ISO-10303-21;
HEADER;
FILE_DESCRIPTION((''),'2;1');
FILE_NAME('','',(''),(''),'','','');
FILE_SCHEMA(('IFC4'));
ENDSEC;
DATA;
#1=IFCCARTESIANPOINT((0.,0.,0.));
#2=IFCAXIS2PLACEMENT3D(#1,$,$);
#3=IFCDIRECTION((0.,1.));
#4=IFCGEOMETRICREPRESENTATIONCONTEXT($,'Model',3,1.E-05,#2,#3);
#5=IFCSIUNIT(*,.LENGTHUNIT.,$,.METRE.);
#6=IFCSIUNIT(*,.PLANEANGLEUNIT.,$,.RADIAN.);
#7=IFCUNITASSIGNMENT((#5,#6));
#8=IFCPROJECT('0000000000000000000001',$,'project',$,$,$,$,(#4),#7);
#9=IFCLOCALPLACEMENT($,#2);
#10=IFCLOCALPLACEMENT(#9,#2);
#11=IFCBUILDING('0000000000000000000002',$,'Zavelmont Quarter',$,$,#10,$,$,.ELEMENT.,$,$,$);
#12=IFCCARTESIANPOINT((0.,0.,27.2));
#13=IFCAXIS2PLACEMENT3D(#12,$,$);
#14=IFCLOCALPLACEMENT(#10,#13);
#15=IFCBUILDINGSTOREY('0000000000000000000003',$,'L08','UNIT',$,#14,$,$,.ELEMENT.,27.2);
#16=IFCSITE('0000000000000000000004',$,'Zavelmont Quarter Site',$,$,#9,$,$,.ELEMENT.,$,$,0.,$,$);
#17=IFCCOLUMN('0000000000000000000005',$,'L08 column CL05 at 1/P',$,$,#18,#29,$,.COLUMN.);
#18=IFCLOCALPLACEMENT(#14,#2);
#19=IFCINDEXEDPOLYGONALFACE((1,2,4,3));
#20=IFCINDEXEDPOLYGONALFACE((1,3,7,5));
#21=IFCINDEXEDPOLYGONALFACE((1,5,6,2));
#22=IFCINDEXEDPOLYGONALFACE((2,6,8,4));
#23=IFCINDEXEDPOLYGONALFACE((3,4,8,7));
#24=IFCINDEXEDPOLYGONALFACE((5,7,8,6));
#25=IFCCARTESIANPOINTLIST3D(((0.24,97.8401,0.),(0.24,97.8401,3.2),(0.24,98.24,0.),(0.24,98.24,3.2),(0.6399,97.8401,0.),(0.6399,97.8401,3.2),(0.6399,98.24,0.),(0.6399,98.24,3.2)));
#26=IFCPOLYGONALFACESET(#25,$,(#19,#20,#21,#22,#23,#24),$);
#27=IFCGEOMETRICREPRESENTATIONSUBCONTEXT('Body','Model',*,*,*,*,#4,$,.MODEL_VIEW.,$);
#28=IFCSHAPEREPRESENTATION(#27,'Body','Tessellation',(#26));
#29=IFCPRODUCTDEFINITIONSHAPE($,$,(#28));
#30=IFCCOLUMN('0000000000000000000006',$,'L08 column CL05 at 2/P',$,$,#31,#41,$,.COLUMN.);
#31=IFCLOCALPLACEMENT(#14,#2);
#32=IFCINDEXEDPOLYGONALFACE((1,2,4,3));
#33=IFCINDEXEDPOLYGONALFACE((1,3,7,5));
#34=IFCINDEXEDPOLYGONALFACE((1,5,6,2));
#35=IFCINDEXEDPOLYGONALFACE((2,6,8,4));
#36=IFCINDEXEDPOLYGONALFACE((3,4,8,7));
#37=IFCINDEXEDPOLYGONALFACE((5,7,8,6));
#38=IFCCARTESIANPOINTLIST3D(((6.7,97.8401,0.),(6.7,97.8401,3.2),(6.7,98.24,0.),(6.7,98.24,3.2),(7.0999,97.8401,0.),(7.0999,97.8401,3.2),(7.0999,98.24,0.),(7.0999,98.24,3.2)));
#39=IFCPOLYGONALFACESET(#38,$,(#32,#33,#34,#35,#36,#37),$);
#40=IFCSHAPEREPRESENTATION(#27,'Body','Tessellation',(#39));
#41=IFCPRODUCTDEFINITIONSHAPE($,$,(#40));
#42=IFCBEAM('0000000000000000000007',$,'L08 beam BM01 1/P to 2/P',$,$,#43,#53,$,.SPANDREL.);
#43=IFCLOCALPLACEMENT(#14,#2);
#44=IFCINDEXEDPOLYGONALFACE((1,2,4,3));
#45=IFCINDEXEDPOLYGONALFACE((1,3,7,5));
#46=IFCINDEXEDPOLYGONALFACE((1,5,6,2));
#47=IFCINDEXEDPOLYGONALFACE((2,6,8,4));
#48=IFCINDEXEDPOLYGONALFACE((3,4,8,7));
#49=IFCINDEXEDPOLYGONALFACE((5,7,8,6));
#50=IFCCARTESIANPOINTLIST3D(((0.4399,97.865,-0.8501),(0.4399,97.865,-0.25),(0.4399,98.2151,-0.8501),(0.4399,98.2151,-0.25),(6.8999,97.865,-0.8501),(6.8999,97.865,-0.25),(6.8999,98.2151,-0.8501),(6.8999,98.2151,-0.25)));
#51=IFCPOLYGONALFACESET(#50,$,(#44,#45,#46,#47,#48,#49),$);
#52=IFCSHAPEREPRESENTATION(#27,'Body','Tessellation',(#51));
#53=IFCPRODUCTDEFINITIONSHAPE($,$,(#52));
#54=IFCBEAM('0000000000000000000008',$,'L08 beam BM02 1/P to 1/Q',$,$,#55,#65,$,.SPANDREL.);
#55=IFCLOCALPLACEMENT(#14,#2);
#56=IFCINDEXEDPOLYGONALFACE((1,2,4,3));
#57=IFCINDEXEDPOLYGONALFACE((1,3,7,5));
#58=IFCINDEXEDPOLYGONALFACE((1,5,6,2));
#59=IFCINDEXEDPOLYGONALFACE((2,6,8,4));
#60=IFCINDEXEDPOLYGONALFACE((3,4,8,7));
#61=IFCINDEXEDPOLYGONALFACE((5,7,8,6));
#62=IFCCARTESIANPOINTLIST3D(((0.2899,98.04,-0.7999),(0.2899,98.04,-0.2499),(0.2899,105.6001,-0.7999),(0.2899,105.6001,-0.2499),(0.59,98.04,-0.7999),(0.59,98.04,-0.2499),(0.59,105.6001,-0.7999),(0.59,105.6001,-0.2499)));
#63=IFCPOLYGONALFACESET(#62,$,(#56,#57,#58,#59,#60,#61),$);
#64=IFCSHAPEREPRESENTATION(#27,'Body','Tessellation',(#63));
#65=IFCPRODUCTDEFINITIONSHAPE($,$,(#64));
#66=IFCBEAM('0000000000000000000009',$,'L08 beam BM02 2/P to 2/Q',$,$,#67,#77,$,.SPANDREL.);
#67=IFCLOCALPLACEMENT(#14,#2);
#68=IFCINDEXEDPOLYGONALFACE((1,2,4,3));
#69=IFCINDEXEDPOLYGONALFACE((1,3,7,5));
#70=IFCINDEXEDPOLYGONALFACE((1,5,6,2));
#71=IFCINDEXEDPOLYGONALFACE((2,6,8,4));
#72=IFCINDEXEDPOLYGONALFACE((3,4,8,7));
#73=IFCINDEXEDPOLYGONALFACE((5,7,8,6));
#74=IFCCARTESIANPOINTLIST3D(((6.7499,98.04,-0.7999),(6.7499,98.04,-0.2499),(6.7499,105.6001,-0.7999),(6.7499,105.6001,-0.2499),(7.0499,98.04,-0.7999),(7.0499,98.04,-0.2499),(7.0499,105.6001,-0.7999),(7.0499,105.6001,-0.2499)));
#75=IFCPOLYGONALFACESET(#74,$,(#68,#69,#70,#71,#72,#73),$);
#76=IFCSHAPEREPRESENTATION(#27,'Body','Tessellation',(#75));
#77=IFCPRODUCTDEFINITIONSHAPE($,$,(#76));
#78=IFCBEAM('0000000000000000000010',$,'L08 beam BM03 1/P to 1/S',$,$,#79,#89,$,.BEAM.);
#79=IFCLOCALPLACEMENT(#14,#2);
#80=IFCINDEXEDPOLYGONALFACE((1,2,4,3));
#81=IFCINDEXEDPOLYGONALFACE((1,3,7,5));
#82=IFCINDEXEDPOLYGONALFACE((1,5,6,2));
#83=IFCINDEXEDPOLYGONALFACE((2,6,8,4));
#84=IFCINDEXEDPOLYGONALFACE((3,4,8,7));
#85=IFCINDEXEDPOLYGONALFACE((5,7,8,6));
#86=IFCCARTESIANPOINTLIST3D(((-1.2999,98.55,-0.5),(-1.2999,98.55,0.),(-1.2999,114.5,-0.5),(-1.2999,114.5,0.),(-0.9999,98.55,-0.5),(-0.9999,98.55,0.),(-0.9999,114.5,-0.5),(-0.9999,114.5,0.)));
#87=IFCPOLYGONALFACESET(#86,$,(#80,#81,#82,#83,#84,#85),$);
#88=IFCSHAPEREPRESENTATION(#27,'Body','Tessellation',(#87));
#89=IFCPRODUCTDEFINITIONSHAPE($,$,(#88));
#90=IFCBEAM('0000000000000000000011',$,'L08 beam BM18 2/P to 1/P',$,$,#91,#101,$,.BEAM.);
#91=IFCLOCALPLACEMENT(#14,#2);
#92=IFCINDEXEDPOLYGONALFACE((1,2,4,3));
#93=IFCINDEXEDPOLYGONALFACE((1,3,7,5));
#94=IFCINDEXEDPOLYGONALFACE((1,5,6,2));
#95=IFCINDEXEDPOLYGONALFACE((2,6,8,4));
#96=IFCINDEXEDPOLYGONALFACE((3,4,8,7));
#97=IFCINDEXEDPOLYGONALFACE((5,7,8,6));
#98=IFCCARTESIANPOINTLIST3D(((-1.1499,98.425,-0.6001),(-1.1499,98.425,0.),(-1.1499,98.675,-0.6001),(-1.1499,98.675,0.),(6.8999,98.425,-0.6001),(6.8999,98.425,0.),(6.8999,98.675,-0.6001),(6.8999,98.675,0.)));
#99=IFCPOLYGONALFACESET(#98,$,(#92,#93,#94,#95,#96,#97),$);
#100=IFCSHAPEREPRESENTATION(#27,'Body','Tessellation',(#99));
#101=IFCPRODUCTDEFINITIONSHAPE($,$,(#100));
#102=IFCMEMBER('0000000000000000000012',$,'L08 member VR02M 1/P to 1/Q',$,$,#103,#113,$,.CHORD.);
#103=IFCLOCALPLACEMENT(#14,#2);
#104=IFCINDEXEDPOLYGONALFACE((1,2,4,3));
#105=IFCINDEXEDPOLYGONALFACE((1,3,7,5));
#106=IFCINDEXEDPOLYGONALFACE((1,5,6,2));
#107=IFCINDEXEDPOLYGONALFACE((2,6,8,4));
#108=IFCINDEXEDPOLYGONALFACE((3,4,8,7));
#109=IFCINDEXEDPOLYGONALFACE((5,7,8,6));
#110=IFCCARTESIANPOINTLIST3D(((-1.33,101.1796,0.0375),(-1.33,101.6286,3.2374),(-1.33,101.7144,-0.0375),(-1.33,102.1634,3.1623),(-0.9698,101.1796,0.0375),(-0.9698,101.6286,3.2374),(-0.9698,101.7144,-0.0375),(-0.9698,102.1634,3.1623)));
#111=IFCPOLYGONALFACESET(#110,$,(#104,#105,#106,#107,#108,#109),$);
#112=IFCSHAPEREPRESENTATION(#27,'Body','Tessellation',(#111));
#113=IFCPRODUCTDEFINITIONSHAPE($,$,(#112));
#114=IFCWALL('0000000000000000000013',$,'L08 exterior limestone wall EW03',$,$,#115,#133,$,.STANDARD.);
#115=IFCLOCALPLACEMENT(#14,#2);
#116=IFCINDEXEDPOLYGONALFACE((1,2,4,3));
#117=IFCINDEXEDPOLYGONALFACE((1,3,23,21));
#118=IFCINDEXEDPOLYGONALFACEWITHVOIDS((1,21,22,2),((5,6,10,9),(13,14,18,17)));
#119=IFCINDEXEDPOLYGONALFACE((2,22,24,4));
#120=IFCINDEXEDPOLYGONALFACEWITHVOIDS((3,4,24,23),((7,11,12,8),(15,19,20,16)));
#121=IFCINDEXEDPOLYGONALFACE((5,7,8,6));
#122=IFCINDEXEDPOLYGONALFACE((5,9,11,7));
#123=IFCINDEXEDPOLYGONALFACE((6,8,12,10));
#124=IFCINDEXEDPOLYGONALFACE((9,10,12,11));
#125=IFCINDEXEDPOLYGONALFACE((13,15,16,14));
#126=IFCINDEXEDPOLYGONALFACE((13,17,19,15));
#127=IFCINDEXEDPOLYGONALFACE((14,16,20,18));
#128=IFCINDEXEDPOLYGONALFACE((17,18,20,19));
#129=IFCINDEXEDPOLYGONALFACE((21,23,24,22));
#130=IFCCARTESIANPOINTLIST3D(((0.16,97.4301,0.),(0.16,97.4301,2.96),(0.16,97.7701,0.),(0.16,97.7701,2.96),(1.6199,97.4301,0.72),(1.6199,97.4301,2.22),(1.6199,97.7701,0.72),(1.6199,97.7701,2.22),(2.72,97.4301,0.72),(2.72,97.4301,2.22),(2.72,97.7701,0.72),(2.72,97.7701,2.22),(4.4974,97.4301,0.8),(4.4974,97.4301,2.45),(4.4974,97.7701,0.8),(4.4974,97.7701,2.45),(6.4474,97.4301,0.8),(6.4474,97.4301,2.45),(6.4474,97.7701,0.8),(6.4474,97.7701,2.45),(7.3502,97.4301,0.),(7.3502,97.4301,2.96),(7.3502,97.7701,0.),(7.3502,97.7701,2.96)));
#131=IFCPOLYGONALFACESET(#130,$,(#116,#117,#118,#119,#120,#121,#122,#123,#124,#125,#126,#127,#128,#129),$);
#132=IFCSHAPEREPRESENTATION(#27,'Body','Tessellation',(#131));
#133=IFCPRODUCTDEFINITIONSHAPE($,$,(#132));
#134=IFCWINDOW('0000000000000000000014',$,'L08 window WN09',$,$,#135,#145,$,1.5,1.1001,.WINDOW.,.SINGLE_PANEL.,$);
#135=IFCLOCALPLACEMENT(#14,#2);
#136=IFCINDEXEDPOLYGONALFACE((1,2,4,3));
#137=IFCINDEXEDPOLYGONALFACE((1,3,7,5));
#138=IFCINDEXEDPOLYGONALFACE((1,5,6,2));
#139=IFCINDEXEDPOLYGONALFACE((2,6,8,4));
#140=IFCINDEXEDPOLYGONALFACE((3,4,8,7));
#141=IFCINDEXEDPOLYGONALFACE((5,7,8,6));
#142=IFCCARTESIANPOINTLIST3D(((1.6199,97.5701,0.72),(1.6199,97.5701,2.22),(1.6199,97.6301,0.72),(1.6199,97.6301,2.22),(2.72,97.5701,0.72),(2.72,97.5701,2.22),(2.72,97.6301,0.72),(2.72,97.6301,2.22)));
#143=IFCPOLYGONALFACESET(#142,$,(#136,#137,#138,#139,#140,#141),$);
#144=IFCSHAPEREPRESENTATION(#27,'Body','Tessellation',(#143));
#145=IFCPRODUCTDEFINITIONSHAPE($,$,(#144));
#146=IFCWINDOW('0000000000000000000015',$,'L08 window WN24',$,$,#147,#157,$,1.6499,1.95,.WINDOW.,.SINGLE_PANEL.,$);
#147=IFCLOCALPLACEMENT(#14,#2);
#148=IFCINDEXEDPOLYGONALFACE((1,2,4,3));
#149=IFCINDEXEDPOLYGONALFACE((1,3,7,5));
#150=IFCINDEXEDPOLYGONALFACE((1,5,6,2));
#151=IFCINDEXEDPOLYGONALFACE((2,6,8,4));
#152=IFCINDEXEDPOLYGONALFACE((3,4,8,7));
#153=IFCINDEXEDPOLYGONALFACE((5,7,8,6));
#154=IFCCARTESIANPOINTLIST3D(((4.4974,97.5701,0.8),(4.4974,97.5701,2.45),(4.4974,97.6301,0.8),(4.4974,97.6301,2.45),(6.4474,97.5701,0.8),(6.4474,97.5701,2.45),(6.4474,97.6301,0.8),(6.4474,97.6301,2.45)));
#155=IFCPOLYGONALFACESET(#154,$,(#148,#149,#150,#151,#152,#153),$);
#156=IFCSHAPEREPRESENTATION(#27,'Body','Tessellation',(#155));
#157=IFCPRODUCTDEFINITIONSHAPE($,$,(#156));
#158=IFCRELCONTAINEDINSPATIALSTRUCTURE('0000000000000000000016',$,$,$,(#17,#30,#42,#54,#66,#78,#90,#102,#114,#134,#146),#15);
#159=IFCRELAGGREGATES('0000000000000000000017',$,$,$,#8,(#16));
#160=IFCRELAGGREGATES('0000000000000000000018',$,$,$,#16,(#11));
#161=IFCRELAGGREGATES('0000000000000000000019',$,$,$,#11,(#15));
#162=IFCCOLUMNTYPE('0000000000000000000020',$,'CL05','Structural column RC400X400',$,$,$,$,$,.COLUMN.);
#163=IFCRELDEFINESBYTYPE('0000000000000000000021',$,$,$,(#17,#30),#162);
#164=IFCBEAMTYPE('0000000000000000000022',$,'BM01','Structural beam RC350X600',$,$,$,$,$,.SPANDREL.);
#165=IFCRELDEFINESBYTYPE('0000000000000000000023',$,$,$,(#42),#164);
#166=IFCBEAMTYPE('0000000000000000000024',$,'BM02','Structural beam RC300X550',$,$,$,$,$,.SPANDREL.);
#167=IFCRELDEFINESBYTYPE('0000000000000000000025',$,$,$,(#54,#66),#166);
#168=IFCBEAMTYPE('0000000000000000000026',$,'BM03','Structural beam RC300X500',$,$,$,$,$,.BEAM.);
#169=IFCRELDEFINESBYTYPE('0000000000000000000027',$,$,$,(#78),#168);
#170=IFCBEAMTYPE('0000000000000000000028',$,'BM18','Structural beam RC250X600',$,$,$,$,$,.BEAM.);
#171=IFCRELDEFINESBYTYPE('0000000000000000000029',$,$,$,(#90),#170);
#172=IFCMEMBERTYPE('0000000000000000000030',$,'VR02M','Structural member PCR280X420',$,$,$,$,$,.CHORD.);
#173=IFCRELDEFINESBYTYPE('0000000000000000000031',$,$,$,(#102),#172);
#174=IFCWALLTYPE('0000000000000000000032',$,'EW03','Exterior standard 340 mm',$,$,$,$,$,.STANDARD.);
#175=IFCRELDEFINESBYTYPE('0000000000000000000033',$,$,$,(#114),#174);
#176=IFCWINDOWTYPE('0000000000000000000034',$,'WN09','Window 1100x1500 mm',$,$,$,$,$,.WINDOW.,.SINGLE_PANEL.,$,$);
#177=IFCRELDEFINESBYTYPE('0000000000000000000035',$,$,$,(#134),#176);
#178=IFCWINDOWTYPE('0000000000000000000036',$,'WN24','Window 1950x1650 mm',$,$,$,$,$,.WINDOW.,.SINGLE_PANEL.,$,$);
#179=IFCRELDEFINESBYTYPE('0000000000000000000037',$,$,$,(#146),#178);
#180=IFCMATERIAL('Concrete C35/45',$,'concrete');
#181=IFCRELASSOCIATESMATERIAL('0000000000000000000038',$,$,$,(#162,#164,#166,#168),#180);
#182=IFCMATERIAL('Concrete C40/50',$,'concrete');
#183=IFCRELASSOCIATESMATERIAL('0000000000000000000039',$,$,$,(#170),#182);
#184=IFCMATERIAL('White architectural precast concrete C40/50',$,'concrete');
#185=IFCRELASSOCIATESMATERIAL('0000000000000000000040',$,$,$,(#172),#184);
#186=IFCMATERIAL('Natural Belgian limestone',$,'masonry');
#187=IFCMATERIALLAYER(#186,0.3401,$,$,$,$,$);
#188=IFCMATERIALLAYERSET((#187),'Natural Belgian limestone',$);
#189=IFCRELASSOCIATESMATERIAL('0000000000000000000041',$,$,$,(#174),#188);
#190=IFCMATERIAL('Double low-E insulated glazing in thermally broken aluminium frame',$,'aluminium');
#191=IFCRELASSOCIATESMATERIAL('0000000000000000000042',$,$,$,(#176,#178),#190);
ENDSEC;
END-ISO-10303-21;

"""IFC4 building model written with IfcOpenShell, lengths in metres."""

from ifc_helpers import new_model, si_unit, direction, frame, frame_2d, origin, origin_with_axes, origin_2d, place, context, subcontext, project, spatial, rectangle, extrude, material, layer, layer_set, material_profile, profile_set, type_object, element, fill, save


model = new_model("IFC4")

# Units and contexts
model_context = context("Model", 3, precision=1e-05, world=origin(), true_north=direction((0.0, 1.0)))
body_context = subcontext(model_context, "Body", "Model", "MODEL_VIEW")
ifc_project = project(units=[si_unit("LENGTHUNIT", "METRE"), si_unit("PLANEANGLEUNIT", "RADIAN")], contexts=[model_context])

# Site, building, storey
site_placement = place(None, origin())
site = spatial("IfcSite", under=ifc_project, at=site_placement, Name="Zavelmont Quarter Site", CompositionType="ELEMENT", RefElevation=0.0)
building_placement = place(site_placement, origin())
building = spatial("IfcBuilding", under=site, at=building_placement, Name="Zavelmont Quarter", CompositionType="ELEMENT")
storey_placement = place(building_placement, frame((0.0, 0.0, 27.2)))
storey = spatial("IfcBuildingStorey", under=building, at=storey_placement, Name="L08", Description="UNIT", CompositionType="ELEMENT", Elevation=27.2)

# Columns
ifc_material_1 = material(Name="Concrete C35/45", Category="concrete")
ifc_material_profile_1 = material_profile(ifc_material_1, rectangle(XDim=0.3999, YDim=0.3999, at=origin_2d()), Name="RC400X400")
ifc_profile_set_1 = profile_set([ifc_material_profile_1], Name="Concrete C35/45")
column_type = type_object("IfcColumnType", Name="CL05", Description="Structural column RC400X400", PredefinedType="COLUMN", material=ifc_profile_set_1)
for number, where, z_axis, x_axis, name in (
    (1, (0.4399, 98.04, 0.0), (0.0, 0.0, 1.0), (1.0, 0.0, 0.0), "L08 column CL05 at 1/P"),
    (2, (6.8999, 98.04, 0.0), (0.0, 0.0, 1.0), (1.0, 0.0, 0.0), "L08 column CL05 at 2/P"),
):
    element("IfcColumn", number, at=place(storey_placement, frame(where, z_axis=z_axis, x_axis=x_axis)), inside=storey, type_object=column_type, Name=name, PredefinedType="COLUMN", context=body_context, shape_type="SweptSolid", body=[
        extrude(rectangle(XDim=0.3999, YDim=0.3999, at=origin_2d()), origin(), (0.0, 0.0, 1.0), 3.2),
    ])

# Beams
ifc_material_profile_2 = material_profile(ifc_material_1, rectangle(XDim=0.3501, YDim=0.6001, at=origin_2d()), Name="RC350X600")
ifc_profile_set_2 = profile_set([ifc_material_profile_2], Name="Concrete C35/45")
beam_type_1 = type_object("IfcBeamType", Name="BM01", Description="Structural beam RC350X600", PredefinedType="SPANDREL", material=ifc_profile_set_2)
beam_1_placement = place(storey_placement, frame((0.4399, 98.04, -0.55), z_axis=(1.0, 0.0, 0.0), x_axis=(0.0, 1.0, 0.0)))
element("IfcBeam", 3, at=beam_1_placement, inside=storey, type_object=beam_type_1, Name="L08 beam BM01 1/P to 2/P", PredefinedType="SPANDREL", context=body_context, shape_type="SweptSolid", body=[
    extrude(rectangle(XDim=0.3501, YDim=0.6001, at=origin_2d()), origin(), (0.0, 0.0, 1.0), 6.46),
])
ifc_material_profile_3 = material_profile(ifc_material_1, rectangle(XDim=0.3, YDim=0.55, at=origin_2d()), Name="RC300X550")
ifc_profile_set_3 = profile_set([ifc_material_profile_3], Name="Concrete C35/45")
beam_type_2 = type_object("IfcBeamType", Name="BM02", Description="Structural beam RC300X550", PredefinedType="SPANDREL", material=ifc_profile_set_3)
for number, where, z_axis, x_axis, name in (
    (4, (0.4399, 98.04, -0.5249), (0.0, 1.0, 0.0), (-1.0, 0.0, 0.0), "L08 beam BM02 1/P to 1/Q"),
    (5, (6.8999, 98.04, -0.5249), (0.0, 1.0, 0.0), (-1.0, 0.0, 0.0), "L08 beam BM02 2/P to 2/Q"),
):
    element("IfcBeam", number, at=place(storey_placement, frame(where, z_axis=z_axis, x_axis=x_axis)), inside=storey, type_object=beam_type_2, Name=name, PredefinedType="SPANDREL", context=body_context, shape_type="SweptSolid", body=[
        extrude(rectangle(XDim=0.3, YDim=0.55, at=origin_2d()), origin(), (0.0, 0.0, 1.0), 7.5601),
    ])
ifc_material_profile_4 = material_profile(ifc_material_1, rectangle(XDim=0.3, YDim=0.5, at=origin_2d()), Name="RC300X500")
ifc_profile_set_4 = profile_set([ifc_material_profile_4], Name="Concrete C35/45")
beam_type_3 = type_object("IfcBeamType", Name="BM03", Description="Structural beam RC300X500", PredefinedType="BEAM", material=ifc_profile_set_4)
beam_2_placement = place(storey_placement, frame((-1.1499, 98.55, -0.25), z_axis=(0.0, 1.0, 0.0), x_axis=(-1.0, 0.0, 0.0)))
element("IfcBeam", 6, at=beam_2_placement, inside=storey, type_object=beam_type_3, Name="L08 beam BM03 1/P to 1/S", PredefinedType="BEAM", context=body_context, shape_type="SweptSolid", body=[
    extrude(rectangle(XDim=0.3, YDim=0.5, at=origin_2d()), origin(), (0.0, 0.0, 1.0), 15.95),
])
ifc_material_2 = material(Name="Concrete C40/50", Category="concrete")
ifc_material_profile_5 = material_profile(ifc_material_2, rectangle(XDim=0.25, YDim=0.6001, at=origin_2d()), Name="RC250X600")
ifc_profile_set_5 = profile_set([ifc_material_profile_5], Name="Concrete C40/50")
beam_type_4 = type_object("IfcBeamType", Name="BM18", Description="Structural beam RC250X600", PredefinedType="BEAM", material=ifc_profile_set_5)
beam_3_placement = place(storey_placement, frame((6.8999, 98.55, -0.3), z_axis=(-1.0, 0.0, 0.0), x_axis=(0.0, -1.0, 0.0)))
element("IfcBeam", 7, at=beam_3_placement, inside=storey, type_object=beam_type_4, Name="L08 beam BM18 2/P to 1/P", PredefinedType="BEAM", context=body_context, shape_type="SweptSolid", body=[
    extrude(rectangle(XDim=0.25, YDim=0.6001, at=origin_2d()), origin(), (0.0, 0.0, 1.0), 8.0498),
])

# Member
ifc_material_3 = material(Name="White architectural precast concrete C40/50", Category="concrete")
ifc_material_profile_6 = material_profile(ifc_material_3, rectangle(XDim=0.3601, YDim=0.54, at=origin_2d()), Name="PCR280X420")
ifc_profile_set_6 = profile_set([ifc_material_profile_6], Name="White architectural precast concrete C40/50")
member_type = type_object("IfcMemberType", Name="VR02M", Description="Structural member PCR280X420", PredefinedType="CHORD", material=ifc_profile_set_6)
member_placement = place(storey_placement, frame((-1.1499, 101.447, 0.0), z_axis=(0.0, 0.138946, 0.9903), x_axis=(-1.0, 0.0, 0.0)))
element("IfcMember", 8, at=member_placement, inside=storey, type_object=member_type, Name="L08 member VR02M 1/P to 1/Q", PredefinedType="CHORD", context=body_context, shape_type="SweptSolid", body=[
    extrude(rectangle(XDim=0.3601, YDim=0.54, at=origin_2d()), origin(), (0.0, 0.0, 1.0), 3.2312),
])

# Wall, openings, windows
ifc_material_4 = material(Name="Natural Belgian limestone", Category="masonry")
ifc_layer_1 = layer(ifc_material_4, 0.3401)
ifc_layer_set_1 = layer_set([ifc_layer_1], Name="Natural Belgian limestone")
wall_type_1 = type_object("IfcWallType", Name="EW03", Description="Exterior standard 340 mm", PredefinedType="STANDARD", material=ifc_layer_set_1)
wall_1_placement = place(storey_placement, frame((0.1599, 97.6001, 0.0), z_axis=(0.0, 0.0, 1.0), x_axis=(1.0, 0.0, 0.0)))
wall_1 = element("IfcWall", 9, at=wall_1_placement, inside=storey, type_object=wall_type_1, Name="L08 exterior limestone wall EW03", PredefinedType="STANDARD", context=body_context, shape_type="SweptSolid", body=[
    extrude(rectangle(XDim=7.1902, YDim=0.3401, at=frame_2d((3.5952, 0.0))), origin(), (0.0, 0.0, 1.0), 2.96),
])
opening_1_placement = place(wall_1_placement, frame((1.46, 0.0, 0.72)))
opening_1 = element("IfcOpeningElement", 10, at=opening_1_placement, cuts=wall_1, PredefinedType="OPENING", context=body_context, shape_type="SweptSolid", body=[
    extrude(rectangle(XDim=1.1001, YDim=1.5, at=frame_2d((0.55, 0.75))), frame((0.0, 0.1821, 0.0), z_axis=(0.0, -1.0, 0.0), x_axis=(1.0, 0.0, 0.0)), (0.0, 0.0, 1.0), 0.364),
])
opening_2_placement = place(wall_1_placement, frame((4.3374, 0.0, 0.8)))
opening_2 = element("IfcOpeningElement", 11, at=opening_2_placement, cuts=wall_1, PredefinedType="OPENING", context=body_context, shape_type="SweptSolid", body=[
    extrude(rectangle(XDim=1.95, YDim=1.6499, at=frame_2d((0.9751, 0.825))), frame((0.0, 0.1821, 0.0), z_axis=(0.0, -1.0, 0.0), x_axis=(1.0, 0.0, 0.0)), (0.0, 0.0, 1.0), 0.364),
])
ifc_material_5 = material(Name="Double low-E insulated glazing in thermally broken aluminium frame", Category="aluminium")
window_type_1 = type_object("IfcWindowType", Name="WN09", Description="Window 1100x1500 mm", PartitioningType="SINGLE_PANEL", PredefinedType="WINDOW", material=ifc_material_5)
window_1_placement = place(opening_1_placement, origin_with_axes())
window_1 = element("IfcWindow", 12, at=window_1_placement, inside=storey, type_object=window_type_1, Name="L08 window WN09", OverallHeight=1.5, OverallWidth=1.1001, PartitioningType="SINGLE_PANEL", PredefinedType="WINDOW", context=body_context, shape_type="SweptSolid", body=[
    extrude(rectangle(XDim=1.1001, YDim=1.5, at=frame_2d((0.55, 0.75))), frame((0.0, 0.03, 0.0), z_axis=(0.0, -1.0, 0.0), x_axis=(1.0, 0.0, 0.0)), (0.0, 0.0, 1.0), 0.0601),
])
fill(opening_1, window_1)
window_type_2 = type_object("IfcWindowType", Name="WN24", Description="Window 1950x1650 mm", PartitioningType="SINGLE_PANEL", PredefinedType="WINDOW", material=ifc_material_5)
window_2_placement = place(opening_2_placement, origin_with_axes())
window_2 = element("IfcWindow", 13, at=window_2_placement, inside=storey, type_object=window_type_2, Name="L08 window WN24", OverallHeight=1.6499, OverallWidth=1.95, PartitioningType="SINGLE_PANEL", PredefinedType="WINDOW", context=body_context, shape_type="SweptSolid", body=[
    extrude(rectangle(XDim=1.95, YDim=1.6499, at=frame_2d((0.9751, 0.825))), frame((0.0, 0.03, 0.0), z_axis=(0.0, -1.0, 0.0), x_axis=(1.0, 0.0, 0.0)), (0.0, 0.0, 1.0), 0.0601),
])
fill(opening_2, window_2)

save(model, "model.ifc")
